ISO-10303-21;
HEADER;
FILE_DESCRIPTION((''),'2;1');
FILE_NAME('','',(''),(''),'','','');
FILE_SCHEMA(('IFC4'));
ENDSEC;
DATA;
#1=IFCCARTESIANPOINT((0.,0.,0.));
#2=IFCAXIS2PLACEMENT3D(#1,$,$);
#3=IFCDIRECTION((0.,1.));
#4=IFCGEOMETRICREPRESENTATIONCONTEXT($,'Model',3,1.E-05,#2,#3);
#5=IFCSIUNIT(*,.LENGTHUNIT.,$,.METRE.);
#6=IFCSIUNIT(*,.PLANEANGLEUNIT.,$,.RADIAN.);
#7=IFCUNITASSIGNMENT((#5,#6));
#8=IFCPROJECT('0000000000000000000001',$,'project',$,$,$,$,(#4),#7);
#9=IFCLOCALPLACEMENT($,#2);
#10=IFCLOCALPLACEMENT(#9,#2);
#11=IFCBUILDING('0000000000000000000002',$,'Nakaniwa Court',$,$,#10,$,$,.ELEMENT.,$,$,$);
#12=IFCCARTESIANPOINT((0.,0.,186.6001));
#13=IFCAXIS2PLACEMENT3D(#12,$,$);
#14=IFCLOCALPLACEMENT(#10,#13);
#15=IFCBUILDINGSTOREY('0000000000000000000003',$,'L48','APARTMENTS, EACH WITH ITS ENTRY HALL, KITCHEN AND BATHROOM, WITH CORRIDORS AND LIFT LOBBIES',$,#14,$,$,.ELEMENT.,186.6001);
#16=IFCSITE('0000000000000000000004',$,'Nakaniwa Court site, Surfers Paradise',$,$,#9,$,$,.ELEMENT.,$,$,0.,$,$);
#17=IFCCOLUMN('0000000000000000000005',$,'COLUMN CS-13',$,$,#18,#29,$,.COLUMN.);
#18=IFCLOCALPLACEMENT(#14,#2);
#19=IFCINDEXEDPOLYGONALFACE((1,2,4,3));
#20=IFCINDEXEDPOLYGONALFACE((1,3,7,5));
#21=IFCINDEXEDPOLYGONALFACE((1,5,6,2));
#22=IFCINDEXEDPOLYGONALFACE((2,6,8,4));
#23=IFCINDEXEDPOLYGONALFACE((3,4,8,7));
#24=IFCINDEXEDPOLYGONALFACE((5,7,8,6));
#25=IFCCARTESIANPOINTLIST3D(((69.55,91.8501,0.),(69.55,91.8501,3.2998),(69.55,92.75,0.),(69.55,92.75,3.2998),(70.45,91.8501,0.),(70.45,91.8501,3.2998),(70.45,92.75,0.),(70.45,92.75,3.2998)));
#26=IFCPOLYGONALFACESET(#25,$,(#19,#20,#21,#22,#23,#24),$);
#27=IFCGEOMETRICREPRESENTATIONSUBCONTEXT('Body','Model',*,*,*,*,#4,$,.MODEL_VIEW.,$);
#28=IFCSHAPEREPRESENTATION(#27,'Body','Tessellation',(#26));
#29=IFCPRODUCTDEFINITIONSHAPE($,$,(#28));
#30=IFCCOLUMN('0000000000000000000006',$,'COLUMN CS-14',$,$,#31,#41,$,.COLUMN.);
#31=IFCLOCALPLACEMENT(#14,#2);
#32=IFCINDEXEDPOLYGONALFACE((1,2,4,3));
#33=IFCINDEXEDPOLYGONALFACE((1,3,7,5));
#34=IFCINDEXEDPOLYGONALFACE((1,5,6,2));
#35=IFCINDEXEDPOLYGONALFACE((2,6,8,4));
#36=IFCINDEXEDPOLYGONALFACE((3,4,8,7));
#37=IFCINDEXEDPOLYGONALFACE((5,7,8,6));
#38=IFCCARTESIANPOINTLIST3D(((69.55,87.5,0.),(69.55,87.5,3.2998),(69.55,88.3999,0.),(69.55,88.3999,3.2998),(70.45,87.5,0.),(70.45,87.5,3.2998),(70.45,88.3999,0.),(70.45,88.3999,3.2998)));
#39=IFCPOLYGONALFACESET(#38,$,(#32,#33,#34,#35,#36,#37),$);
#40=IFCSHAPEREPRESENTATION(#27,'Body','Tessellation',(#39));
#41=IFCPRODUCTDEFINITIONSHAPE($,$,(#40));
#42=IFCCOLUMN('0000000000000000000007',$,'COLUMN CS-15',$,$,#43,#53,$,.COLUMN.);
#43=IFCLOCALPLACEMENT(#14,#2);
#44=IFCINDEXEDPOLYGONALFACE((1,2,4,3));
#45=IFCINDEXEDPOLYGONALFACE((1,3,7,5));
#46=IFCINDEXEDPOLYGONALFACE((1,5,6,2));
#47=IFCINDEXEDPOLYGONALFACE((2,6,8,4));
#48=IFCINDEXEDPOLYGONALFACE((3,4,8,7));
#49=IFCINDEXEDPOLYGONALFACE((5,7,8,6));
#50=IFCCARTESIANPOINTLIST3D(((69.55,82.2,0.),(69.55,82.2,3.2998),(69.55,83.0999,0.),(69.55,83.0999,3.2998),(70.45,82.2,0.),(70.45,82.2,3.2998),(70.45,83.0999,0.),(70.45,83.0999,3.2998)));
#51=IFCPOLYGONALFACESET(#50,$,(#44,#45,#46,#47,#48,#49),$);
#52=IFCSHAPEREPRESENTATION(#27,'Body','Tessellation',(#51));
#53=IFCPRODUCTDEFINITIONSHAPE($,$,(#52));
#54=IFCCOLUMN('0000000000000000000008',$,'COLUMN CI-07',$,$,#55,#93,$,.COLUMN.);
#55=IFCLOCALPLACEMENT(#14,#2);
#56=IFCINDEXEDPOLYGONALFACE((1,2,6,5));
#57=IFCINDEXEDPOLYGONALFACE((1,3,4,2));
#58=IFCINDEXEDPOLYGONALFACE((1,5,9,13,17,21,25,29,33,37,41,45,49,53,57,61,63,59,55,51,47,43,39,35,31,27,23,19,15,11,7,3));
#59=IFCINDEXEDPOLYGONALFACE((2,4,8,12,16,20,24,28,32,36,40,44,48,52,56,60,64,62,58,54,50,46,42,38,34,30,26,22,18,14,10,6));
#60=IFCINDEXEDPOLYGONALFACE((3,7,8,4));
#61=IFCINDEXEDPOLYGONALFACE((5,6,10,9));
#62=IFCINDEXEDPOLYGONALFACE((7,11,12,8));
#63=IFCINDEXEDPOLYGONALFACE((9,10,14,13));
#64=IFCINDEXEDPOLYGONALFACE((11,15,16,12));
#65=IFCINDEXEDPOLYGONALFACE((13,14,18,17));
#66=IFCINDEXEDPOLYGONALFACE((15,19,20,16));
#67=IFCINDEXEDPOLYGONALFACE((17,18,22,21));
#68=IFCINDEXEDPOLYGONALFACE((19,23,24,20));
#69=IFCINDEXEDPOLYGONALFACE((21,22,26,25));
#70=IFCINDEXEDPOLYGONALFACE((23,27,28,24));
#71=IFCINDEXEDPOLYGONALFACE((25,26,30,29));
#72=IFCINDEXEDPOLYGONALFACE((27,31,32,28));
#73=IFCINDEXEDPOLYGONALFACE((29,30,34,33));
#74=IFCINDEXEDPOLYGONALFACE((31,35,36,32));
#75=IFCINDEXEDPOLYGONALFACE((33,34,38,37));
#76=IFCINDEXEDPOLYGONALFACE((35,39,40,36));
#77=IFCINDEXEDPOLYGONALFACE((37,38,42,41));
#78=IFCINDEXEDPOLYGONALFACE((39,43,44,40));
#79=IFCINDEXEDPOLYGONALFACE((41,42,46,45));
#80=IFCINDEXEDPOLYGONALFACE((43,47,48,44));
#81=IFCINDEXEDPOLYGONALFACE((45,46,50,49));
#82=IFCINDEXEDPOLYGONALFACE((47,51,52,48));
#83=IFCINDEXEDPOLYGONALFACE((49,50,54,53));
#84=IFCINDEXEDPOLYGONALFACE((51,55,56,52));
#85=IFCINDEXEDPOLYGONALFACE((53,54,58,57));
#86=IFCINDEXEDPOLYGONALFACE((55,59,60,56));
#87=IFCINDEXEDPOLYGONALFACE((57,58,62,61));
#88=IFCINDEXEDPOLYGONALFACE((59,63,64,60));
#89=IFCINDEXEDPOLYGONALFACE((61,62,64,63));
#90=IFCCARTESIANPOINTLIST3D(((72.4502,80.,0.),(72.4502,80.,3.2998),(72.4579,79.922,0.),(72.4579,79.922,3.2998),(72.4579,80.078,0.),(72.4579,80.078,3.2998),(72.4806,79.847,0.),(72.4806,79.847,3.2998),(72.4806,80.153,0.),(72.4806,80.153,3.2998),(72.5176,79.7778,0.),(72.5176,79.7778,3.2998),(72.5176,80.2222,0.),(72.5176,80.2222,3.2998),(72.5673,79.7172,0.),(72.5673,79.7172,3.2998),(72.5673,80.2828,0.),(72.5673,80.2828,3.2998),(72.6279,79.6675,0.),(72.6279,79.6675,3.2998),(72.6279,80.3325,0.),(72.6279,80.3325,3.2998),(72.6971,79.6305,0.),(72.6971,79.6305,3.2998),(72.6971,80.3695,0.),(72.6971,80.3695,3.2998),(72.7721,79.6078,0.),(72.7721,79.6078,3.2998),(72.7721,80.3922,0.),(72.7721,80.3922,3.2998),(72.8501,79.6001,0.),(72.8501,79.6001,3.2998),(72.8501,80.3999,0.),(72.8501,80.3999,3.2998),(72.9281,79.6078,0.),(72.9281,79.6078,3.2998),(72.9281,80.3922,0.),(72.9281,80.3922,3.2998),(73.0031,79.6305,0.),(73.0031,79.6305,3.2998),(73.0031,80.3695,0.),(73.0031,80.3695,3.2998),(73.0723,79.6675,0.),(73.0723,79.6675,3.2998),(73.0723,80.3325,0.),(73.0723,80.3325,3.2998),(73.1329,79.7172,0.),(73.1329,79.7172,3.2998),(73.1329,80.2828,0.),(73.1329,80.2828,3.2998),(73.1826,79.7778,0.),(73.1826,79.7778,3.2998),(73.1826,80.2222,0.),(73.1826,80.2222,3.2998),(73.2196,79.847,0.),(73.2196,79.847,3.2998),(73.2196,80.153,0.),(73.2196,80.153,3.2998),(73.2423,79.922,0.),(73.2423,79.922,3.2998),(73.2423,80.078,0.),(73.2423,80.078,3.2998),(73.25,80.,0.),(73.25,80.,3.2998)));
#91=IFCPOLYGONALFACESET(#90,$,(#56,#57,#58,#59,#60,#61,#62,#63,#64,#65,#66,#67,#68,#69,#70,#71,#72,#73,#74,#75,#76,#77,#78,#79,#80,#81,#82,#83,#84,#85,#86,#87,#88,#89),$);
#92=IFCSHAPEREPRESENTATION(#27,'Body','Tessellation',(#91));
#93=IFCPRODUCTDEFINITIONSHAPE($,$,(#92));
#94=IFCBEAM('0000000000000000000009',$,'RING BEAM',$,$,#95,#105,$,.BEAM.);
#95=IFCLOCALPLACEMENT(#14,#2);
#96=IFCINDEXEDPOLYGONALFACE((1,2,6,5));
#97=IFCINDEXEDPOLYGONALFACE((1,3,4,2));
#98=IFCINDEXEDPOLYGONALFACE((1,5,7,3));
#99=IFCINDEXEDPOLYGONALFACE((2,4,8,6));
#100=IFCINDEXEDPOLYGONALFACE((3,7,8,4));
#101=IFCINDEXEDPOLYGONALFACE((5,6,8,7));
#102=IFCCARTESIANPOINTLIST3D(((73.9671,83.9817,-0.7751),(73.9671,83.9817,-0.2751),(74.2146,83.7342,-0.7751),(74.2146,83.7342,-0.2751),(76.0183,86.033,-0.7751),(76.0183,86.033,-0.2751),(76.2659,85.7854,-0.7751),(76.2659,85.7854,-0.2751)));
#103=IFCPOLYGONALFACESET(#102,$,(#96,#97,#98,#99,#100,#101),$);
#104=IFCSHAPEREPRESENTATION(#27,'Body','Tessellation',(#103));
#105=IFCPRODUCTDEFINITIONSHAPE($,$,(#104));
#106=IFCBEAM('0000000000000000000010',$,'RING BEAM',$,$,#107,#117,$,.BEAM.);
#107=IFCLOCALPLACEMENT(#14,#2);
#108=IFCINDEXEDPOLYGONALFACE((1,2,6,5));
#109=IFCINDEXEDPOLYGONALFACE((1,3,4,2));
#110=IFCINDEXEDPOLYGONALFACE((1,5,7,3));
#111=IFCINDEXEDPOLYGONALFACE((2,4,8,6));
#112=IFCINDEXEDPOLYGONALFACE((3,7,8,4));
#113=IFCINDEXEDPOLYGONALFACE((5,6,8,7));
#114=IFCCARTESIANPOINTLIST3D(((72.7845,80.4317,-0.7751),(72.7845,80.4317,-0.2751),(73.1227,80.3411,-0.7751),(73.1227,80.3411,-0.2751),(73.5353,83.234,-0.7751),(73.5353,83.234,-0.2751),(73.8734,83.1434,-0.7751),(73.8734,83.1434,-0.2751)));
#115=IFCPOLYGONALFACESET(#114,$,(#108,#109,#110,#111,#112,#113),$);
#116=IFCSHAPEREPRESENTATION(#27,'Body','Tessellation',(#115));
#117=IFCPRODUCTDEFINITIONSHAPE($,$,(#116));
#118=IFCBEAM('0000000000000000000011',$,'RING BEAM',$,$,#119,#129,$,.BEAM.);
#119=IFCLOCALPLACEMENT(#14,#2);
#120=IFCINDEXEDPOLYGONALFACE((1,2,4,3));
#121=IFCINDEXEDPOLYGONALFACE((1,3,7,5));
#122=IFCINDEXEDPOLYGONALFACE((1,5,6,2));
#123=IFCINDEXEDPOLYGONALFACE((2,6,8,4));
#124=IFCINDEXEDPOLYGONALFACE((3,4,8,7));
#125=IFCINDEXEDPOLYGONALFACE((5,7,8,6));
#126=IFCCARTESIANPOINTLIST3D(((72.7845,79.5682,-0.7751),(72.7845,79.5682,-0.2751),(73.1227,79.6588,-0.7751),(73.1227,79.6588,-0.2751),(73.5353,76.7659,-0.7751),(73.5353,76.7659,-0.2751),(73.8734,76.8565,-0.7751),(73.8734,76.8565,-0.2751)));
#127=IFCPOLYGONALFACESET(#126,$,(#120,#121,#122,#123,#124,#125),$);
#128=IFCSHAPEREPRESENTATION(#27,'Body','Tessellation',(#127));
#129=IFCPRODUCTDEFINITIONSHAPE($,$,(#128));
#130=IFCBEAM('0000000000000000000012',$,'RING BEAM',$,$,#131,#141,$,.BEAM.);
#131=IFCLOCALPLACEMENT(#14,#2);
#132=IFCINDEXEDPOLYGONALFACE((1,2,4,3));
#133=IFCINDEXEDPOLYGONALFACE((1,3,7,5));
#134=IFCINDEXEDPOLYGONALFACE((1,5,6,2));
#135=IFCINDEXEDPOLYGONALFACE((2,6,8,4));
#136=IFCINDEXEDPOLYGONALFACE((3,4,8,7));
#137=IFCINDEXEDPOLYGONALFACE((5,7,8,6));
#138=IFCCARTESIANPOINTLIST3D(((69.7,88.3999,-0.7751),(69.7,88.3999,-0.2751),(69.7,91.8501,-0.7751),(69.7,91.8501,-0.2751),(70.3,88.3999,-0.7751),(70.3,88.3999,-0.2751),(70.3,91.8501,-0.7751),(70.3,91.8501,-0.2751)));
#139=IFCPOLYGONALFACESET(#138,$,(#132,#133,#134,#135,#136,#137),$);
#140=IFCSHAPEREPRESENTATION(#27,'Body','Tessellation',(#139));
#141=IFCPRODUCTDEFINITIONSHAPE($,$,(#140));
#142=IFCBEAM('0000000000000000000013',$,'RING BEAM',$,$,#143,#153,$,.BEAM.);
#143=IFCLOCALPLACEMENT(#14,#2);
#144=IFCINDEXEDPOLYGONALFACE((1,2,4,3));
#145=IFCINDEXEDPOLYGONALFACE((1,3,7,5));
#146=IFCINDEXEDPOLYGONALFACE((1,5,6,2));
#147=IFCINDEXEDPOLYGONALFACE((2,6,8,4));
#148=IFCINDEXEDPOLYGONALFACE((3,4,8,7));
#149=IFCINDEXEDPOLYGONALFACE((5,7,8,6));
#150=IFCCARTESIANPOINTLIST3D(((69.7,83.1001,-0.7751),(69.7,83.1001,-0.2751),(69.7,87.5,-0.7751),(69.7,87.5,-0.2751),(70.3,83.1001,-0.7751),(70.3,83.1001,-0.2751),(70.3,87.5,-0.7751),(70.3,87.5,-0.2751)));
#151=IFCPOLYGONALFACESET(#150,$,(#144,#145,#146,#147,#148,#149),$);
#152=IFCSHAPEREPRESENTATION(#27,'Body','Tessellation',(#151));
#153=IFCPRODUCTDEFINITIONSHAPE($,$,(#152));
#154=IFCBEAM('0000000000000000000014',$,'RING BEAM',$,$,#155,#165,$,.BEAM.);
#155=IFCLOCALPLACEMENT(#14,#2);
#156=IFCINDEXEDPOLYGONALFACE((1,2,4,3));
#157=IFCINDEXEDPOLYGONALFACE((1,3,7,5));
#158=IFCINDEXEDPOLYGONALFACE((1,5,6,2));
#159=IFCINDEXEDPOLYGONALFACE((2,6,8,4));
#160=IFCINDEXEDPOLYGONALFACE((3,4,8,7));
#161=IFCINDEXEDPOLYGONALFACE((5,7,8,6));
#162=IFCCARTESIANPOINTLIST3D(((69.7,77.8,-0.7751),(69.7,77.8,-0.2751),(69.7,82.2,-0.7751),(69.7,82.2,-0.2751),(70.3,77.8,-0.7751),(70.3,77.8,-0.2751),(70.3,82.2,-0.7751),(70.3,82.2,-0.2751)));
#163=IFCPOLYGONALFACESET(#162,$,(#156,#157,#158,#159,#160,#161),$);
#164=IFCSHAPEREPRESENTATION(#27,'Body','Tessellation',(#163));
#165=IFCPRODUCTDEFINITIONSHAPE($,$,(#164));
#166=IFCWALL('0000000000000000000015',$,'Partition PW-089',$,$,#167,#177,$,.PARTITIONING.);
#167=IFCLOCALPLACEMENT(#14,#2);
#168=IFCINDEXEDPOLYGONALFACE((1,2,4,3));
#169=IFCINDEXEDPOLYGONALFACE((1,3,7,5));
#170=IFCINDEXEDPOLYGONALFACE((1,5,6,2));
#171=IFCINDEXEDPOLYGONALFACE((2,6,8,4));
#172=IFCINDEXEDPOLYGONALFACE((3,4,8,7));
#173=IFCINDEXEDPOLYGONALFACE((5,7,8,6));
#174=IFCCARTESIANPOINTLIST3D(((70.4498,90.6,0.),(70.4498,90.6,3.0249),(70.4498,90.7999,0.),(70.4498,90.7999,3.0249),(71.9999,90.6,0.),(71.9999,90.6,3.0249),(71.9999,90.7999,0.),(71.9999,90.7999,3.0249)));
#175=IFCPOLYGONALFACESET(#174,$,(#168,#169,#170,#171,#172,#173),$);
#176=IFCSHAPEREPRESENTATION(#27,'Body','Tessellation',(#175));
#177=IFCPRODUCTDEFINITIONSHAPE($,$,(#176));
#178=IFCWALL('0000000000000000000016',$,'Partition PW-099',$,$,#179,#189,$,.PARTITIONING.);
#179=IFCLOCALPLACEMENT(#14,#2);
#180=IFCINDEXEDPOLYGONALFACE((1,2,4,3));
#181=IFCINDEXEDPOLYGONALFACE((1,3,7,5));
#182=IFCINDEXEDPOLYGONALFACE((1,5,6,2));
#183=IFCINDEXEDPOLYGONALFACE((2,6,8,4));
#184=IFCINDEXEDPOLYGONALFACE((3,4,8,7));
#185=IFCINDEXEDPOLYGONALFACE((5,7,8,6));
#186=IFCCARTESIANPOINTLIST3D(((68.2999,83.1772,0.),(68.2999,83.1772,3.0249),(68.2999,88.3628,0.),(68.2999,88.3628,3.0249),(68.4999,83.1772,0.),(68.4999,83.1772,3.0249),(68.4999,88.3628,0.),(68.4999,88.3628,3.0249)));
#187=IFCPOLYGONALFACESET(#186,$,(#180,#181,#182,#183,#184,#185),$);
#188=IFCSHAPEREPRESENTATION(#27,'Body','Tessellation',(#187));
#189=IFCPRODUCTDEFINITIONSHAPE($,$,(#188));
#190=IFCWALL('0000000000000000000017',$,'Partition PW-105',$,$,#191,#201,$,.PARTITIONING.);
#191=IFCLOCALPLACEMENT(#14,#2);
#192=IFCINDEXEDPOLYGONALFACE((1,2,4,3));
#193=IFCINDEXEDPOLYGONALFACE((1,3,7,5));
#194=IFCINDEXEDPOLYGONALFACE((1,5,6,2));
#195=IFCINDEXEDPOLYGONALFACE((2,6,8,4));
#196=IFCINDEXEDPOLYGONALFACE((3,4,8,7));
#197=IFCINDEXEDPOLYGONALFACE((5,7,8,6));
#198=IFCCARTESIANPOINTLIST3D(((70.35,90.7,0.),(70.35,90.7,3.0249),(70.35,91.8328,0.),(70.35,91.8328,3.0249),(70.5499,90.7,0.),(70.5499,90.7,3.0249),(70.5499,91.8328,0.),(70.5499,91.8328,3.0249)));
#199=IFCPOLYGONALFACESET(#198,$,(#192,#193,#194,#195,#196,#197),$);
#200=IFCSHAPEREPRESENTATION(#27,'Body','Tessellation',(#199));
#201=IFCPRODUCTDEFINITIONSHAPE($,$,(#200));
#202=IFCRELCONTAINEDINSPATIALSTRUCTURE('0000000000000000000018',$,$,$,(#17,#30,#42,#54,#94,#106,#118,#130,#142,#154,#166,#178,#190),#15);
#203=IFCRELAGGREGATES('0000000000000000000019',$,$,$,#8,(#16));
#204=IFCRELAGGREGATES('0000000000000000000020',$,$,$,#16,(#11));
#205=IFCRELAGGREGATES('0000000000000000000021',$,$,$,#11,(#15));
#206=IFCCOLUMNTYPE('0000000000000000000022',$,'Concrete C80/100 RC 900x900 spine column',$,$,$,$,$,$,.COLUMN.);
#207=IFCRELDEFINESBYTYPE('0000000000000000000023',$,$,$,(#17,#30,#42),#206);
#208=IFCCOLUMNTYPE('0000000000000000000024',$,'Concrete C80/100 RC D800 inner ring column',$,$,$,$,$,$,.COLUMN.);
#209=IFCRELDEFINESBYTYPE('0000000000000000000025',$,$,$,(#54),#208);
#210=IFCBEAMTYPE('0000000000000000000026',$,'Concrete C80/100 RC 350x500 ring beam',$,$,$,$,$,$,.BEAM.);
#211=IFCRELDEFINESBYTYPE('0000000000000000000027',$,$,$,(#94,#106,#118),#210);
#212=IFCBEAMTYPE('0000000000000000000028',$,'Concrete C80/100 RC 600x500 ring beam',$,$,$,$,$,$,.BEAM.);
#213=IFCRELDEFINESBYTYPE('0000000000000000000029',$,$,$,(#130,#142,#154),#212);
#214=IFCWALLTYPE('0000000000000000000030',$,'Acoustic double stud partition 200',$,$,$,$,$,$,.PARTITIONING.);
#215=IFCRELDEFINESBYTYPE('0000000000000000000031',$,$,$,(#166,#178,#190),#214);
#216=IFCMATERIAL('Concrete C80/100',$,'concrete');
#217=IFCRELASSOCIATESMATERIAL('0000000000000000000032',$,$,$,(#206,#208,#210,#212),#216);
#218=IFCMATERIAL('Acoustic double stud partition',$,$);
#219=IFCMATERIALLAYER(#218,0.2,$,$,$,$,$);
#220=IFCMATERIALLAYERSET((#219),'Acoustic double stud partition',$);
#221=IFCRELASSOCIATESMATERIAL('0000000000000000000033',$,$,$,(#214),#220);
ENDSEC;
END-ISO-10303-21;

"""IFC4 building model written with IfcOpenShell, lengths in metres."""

from ifc_helpers import new_model, si_unit, direction, frame, frame_2d, origin, origin_2d, place, context, subcontext, project, spatial, rectangle, circle, extrude, material, layer, layer_set, material_profile, profile_set, type_object, element, save


model = new_model("IFC4")

# Units and contexts
model_context = context("Model", 3, precision=1e-05, world=origin(), true_north=direction((0.0, 1.0)))
body_context = subcontext(model_context, "Body", "Model", "MODEL_VIEW")
ifc_project = project(units=[si_unit("LENGTHUNIT", "METRE"), si_unit("PLANEANGLEUNIT", "RADIAN")], contexts=[model_context])

# Site, building, storey
site_placement = place(None, origin())
site = spatial("IfcSite", under=ifc_project, at=site_placement, Name="Nakaniwa Court site, Surfers Paradise", CompositionType="ELEMENT", RefElevation=0.0)
building_placement = place(site_placement, origin())
building = spatial("IfcBuilding", under=site, at=building_placement, Name="Nakaniwa Court", CompositionType="ELEMENT")
storey_placement = place(building_placement, frame((0.0, 0.0, 186.6001)))
storey = spatial("IfcBuildingStorey", under=building, at=storey_placement, Name="L48", Description="APARTMENTS, EACH WITH ITS ENTRY HALL, KITCHEN AND BATHROOM, WITH CORRIDORS AND LIFT LOBBIES", CompositionType="ELEMENT", Elevation=186.6001)

# Columns
ifc_material_1 = material(Name="Concrete C80/100", Category="concrete")
ifc_material_profile_1 = material_profile(ifc_material_1, rectangle(XDim=0.8999, YDim=0.8999, at=origin_2d()), Name="Concrete C80/100 RC 900x900 spine column")
ifc_profile_set_1 = profile_set([ifc_material_profile_1], Name="Concrete C80/100")
column_type_1 = type_object("IfcColumnType", Name="Concrete C80/100 RC 900x900 spine column", PredefinedType="COLUMN", material=ifc_profile_set_1)
for number, where, z_axis, x_axis, name in (
    (1, (70.0, 92.3, 0.0), (0.0, 0.0, 1.0), (0.0, -1.0, 0.0), "COLUMN CS-13"),
    (2, (70.0, 87.95, 0.0), (0.0, 0.0, 1.0), (0.0, -1.0, 0.0), "COLUMN CS-14"),
    (3, (70.0, 82.6499, 0.0), (0.0, 0.0, 1.0), (0.0, -1.0, 0.0), "COLUMN CS-15"),
):
    element("IfcColumn", number, at=place(storey_placement, frame(where, z_axis=z_axis, x_axis=x_axis)), inside=storey, type_object=column_type_1, Name=name, PredefinedType="COLUMN", context=body_context, shape_type="SweptSolid", body=[
        extrude(rectangle(XDim=0.8999, YDim=0.8999, at=origin_2d()), origin(), (0.0, 0.0, 1.0), 3.2998),
    ])
ifc_material_profile_2 = material_profile(ifc_material_1, circle(Radius=0.3999, at=origin_2d()), Name="Concrete C80/100 RC D800 inner ring column")
ifc_profile_set_2 = profile_set([ifc_material_profile_2], Name="Concrete C80/100")
column_type_2 = type_object("IfcColumnType", Name="Concrete C80/100 RC D800 inner ring column", PredefinedType="COLUMN", material=ifc_profile_set_2)
for number, where, z_axis, x_axis, name in (
    (4, (72.8501, 80.0, 0.0), (0.0, 0.0, 1.0), (0.0, -1.0, 0.0), "COLUMN CI-07"),
):
    element("IfcColumn", number, at=place(storey_placement, frame(where, z_axis=z_axis, x_axis=x_axis)), inside=storey, type_object=column_type_2, Name=name, PredefinedType="COLUMN", context=body_context, shape_type="SweptSolid", body=[
        extrude(circle(Radius=0.3999, at=origin_2d()), origin(), (0.0, 0.0, 1.0), 3.2998),
    ])

# Beams
ifc_material_profile_3 = material_profile(ifc_material_1, rectangle(XDim=0.3501, YDim=0.5, at=origin_2d()), Name="Concrete C80/100 RC 350x500 ring beam")
ifc_profile_set_3 = profile_set([ifc_material_profile_3], Name="Concrete C80/100")
beam_type_1 = type_object("IfcBeamType", Name="Concrete C80/100 RC 350x500 ring beam", PredefinedType="BEAM", material=ifc_profile_set_3)
beam_1_placement = place(storey_placement, frame((76.1421, 85.9092, -0.5251), z_axis=(-0.707107, -0.707107, 0.0), x_axis=(0.707107, -0.707107, 0.0)))
element("IfcBeam", 5, at=beam_1_placement, inside=storey, type_object=beam_type_1, Name="RING BEAM", PredefinedType="BEAM", context=body_context, shape_type="SweptSolid", body=[
    extrude(rectangle(XDim=0.3501, YDim=0.5, at=origin_2d()), origin(), (0.0, 0.0, 1.0), 2.9009),
])
for number, where, z_axis, x_axis, name in (
    (6, (73.7043, 83.1887, -0.5251), (-0.258778, -0.965937, 0.0), (0.965937, -0.258778, 0.0), "RING BEAM"),
    (7, (72.9536, 79.6135, -0.5251), (0.258778, -0.965937, 0.0), (0.965937, 0.258778, 0.0), "RING BEAM"),
):
    element("IfcBeam", number, at=place(storey_placement, frame(where, z_axis=z_axis, x_axis=x_axis)), inside=storey, type_object=beam_type_1, Name=name, PredefinedType="BEAM", context=body_context, shape_type="SweptSolid", body=[
        extrude(rectangle(XDim=0.3501, YDim=0.5, at=origin_2d()), origin(), (0.0, 0.0, 1.0), 2.9011),
    ])
ifc_material_profile_4 = material_profile(ifc_material_1, rectangle(XDim=0.6001, YDim=0.5, at=origin_2d()), Name="Concrete C80/100 RC 600x500 ring beam")
ifc_profile_set_4 = profile_set([ifc_material_profile_4], Name="Concrete C80/100")
beam_type_2 = type_object("IfcBeamType", Name="Concrete C80/100 RC 600x500 ring beam", PredefinedType="BEAM", material=ifc_profile_set_4)
beam_2_placement = place(storey_placement, frame((70.0, 91.8501, -0.5251), z_axis=(0.0, -1.0, 0.0), x_axis=(1.0, 0.0, 0.0)))
element("IfcBeam", 8, at=beam_2_placement, inside=storey, type_object=beam_type_2, Name="RING BEAM", PredefinedType="BEAM", context=body_context, shape_type="SweptSolid", body=[
    extrude(rectangle(XDim=0.6001, YDim=0.5, at=origin_2d()), origin(), (0.0, 0.0, 1.0), 3.4502),
])
for number, where, z_axis, x_axis, name in (
    (9, (70.0, 87.5, -0.5251), (0.0, -1.0, 0.0), (1.0, 0.0, 0.0), "RING BEAM"),
    (10, (70.0, 82.2, -0.5251), (0.0, -1.0, 0.0), (1.0, 0.0, 0.0), "RING BEAM"),
):
    element("IfcBeam", number, at=place(storey_placement, frame(where, z_axis=z_axis, x_axis=x_axis)), inside=storey, type_object=beam_type_2, Name=name, PredefinedType="BEAM", context=body_context, shape_type="SweptSolid", body=[
        extrude(rectangle(XDim=0.6001, YDim=0.5, at=origin_2d()), origin(), (0.0, 0.0, 1.0), 4.3999),
    ])

# Walls
ifc_material_2 = material(Name="Acoustic double stud partition")
ifc_layer_1 = layer(ifc_material_2, 0.2)
ifc_layer_set_1 = layer_set([ifc_layer_1], Name="Acoustic double stud partition")
wall_type_1 = type_object("IfcWallType", Name="Acoustic double stud partition 200", PredefinedType="PARTITIONING", material=ifc_layer_set_1)
wall_1_placement = place(storey_placement, frame((70.45, 90.7, 0.0), z_axis=(0.0, 0.0, 1.0), x_axis=(1.0, 0.0, 0.0)))
element("IfcWall", 11, at=wall_1_placement, inside=storey, type_object=wall_type_1, Name="Partition PW-089", PredefinedType="PARTITIONING", context=body_context, shape_type="SweptSolid", body=[
    extrude(rectangle(XDim=1.55, YDim=0.2, at=frame_2d((0.7749, 0.0))), origin(), (0.0, 0.0, 1.0), 3.0249),
])
wall_2_placement = place(storey_placement, frame((68.3999, 83.1772, 0.0), z_axis=(0.0, 0.0, 1.0), x_axis=(0.0, 1.0, 0.0)))
element("IfcWall", 12, at=wall_2_placement, inside=storey, type_object=wall_type_1, Name="Partition PW-099", PredefinedType="PARTITIONING", context=body_context, shape_type="SweptSolid", body=[
    extrude(rectangle(XDim=5.1855, YDim=0.2, at=frame_2d((2.5928, 0.0))), origin(), (0.0, 0.0, 1.0), 3.0249),
])
wall_3_placement = place(storey_placement, frame((70.45, 90.7, 0.0), z_axis=(0.0, 0.0, 1.0), x_axis=(0.0, 1.0, 0.0)))
element("IfcWall", 13, at=wall_3_placement, inside=storey, type_object=wall_type_1, Name="Partition PW-105", PredefinedType="PARTITIONING", context=body_context, shape_type="SweptSolid", body=[
    extrude(rectangle(XDim=1.1328, YDim=0.2, at=frame_2d((0.5664, 0.0))), origin(), (0.0, 0.0, 1.0), 3.0249),
])

save(model, "model.ifc")
